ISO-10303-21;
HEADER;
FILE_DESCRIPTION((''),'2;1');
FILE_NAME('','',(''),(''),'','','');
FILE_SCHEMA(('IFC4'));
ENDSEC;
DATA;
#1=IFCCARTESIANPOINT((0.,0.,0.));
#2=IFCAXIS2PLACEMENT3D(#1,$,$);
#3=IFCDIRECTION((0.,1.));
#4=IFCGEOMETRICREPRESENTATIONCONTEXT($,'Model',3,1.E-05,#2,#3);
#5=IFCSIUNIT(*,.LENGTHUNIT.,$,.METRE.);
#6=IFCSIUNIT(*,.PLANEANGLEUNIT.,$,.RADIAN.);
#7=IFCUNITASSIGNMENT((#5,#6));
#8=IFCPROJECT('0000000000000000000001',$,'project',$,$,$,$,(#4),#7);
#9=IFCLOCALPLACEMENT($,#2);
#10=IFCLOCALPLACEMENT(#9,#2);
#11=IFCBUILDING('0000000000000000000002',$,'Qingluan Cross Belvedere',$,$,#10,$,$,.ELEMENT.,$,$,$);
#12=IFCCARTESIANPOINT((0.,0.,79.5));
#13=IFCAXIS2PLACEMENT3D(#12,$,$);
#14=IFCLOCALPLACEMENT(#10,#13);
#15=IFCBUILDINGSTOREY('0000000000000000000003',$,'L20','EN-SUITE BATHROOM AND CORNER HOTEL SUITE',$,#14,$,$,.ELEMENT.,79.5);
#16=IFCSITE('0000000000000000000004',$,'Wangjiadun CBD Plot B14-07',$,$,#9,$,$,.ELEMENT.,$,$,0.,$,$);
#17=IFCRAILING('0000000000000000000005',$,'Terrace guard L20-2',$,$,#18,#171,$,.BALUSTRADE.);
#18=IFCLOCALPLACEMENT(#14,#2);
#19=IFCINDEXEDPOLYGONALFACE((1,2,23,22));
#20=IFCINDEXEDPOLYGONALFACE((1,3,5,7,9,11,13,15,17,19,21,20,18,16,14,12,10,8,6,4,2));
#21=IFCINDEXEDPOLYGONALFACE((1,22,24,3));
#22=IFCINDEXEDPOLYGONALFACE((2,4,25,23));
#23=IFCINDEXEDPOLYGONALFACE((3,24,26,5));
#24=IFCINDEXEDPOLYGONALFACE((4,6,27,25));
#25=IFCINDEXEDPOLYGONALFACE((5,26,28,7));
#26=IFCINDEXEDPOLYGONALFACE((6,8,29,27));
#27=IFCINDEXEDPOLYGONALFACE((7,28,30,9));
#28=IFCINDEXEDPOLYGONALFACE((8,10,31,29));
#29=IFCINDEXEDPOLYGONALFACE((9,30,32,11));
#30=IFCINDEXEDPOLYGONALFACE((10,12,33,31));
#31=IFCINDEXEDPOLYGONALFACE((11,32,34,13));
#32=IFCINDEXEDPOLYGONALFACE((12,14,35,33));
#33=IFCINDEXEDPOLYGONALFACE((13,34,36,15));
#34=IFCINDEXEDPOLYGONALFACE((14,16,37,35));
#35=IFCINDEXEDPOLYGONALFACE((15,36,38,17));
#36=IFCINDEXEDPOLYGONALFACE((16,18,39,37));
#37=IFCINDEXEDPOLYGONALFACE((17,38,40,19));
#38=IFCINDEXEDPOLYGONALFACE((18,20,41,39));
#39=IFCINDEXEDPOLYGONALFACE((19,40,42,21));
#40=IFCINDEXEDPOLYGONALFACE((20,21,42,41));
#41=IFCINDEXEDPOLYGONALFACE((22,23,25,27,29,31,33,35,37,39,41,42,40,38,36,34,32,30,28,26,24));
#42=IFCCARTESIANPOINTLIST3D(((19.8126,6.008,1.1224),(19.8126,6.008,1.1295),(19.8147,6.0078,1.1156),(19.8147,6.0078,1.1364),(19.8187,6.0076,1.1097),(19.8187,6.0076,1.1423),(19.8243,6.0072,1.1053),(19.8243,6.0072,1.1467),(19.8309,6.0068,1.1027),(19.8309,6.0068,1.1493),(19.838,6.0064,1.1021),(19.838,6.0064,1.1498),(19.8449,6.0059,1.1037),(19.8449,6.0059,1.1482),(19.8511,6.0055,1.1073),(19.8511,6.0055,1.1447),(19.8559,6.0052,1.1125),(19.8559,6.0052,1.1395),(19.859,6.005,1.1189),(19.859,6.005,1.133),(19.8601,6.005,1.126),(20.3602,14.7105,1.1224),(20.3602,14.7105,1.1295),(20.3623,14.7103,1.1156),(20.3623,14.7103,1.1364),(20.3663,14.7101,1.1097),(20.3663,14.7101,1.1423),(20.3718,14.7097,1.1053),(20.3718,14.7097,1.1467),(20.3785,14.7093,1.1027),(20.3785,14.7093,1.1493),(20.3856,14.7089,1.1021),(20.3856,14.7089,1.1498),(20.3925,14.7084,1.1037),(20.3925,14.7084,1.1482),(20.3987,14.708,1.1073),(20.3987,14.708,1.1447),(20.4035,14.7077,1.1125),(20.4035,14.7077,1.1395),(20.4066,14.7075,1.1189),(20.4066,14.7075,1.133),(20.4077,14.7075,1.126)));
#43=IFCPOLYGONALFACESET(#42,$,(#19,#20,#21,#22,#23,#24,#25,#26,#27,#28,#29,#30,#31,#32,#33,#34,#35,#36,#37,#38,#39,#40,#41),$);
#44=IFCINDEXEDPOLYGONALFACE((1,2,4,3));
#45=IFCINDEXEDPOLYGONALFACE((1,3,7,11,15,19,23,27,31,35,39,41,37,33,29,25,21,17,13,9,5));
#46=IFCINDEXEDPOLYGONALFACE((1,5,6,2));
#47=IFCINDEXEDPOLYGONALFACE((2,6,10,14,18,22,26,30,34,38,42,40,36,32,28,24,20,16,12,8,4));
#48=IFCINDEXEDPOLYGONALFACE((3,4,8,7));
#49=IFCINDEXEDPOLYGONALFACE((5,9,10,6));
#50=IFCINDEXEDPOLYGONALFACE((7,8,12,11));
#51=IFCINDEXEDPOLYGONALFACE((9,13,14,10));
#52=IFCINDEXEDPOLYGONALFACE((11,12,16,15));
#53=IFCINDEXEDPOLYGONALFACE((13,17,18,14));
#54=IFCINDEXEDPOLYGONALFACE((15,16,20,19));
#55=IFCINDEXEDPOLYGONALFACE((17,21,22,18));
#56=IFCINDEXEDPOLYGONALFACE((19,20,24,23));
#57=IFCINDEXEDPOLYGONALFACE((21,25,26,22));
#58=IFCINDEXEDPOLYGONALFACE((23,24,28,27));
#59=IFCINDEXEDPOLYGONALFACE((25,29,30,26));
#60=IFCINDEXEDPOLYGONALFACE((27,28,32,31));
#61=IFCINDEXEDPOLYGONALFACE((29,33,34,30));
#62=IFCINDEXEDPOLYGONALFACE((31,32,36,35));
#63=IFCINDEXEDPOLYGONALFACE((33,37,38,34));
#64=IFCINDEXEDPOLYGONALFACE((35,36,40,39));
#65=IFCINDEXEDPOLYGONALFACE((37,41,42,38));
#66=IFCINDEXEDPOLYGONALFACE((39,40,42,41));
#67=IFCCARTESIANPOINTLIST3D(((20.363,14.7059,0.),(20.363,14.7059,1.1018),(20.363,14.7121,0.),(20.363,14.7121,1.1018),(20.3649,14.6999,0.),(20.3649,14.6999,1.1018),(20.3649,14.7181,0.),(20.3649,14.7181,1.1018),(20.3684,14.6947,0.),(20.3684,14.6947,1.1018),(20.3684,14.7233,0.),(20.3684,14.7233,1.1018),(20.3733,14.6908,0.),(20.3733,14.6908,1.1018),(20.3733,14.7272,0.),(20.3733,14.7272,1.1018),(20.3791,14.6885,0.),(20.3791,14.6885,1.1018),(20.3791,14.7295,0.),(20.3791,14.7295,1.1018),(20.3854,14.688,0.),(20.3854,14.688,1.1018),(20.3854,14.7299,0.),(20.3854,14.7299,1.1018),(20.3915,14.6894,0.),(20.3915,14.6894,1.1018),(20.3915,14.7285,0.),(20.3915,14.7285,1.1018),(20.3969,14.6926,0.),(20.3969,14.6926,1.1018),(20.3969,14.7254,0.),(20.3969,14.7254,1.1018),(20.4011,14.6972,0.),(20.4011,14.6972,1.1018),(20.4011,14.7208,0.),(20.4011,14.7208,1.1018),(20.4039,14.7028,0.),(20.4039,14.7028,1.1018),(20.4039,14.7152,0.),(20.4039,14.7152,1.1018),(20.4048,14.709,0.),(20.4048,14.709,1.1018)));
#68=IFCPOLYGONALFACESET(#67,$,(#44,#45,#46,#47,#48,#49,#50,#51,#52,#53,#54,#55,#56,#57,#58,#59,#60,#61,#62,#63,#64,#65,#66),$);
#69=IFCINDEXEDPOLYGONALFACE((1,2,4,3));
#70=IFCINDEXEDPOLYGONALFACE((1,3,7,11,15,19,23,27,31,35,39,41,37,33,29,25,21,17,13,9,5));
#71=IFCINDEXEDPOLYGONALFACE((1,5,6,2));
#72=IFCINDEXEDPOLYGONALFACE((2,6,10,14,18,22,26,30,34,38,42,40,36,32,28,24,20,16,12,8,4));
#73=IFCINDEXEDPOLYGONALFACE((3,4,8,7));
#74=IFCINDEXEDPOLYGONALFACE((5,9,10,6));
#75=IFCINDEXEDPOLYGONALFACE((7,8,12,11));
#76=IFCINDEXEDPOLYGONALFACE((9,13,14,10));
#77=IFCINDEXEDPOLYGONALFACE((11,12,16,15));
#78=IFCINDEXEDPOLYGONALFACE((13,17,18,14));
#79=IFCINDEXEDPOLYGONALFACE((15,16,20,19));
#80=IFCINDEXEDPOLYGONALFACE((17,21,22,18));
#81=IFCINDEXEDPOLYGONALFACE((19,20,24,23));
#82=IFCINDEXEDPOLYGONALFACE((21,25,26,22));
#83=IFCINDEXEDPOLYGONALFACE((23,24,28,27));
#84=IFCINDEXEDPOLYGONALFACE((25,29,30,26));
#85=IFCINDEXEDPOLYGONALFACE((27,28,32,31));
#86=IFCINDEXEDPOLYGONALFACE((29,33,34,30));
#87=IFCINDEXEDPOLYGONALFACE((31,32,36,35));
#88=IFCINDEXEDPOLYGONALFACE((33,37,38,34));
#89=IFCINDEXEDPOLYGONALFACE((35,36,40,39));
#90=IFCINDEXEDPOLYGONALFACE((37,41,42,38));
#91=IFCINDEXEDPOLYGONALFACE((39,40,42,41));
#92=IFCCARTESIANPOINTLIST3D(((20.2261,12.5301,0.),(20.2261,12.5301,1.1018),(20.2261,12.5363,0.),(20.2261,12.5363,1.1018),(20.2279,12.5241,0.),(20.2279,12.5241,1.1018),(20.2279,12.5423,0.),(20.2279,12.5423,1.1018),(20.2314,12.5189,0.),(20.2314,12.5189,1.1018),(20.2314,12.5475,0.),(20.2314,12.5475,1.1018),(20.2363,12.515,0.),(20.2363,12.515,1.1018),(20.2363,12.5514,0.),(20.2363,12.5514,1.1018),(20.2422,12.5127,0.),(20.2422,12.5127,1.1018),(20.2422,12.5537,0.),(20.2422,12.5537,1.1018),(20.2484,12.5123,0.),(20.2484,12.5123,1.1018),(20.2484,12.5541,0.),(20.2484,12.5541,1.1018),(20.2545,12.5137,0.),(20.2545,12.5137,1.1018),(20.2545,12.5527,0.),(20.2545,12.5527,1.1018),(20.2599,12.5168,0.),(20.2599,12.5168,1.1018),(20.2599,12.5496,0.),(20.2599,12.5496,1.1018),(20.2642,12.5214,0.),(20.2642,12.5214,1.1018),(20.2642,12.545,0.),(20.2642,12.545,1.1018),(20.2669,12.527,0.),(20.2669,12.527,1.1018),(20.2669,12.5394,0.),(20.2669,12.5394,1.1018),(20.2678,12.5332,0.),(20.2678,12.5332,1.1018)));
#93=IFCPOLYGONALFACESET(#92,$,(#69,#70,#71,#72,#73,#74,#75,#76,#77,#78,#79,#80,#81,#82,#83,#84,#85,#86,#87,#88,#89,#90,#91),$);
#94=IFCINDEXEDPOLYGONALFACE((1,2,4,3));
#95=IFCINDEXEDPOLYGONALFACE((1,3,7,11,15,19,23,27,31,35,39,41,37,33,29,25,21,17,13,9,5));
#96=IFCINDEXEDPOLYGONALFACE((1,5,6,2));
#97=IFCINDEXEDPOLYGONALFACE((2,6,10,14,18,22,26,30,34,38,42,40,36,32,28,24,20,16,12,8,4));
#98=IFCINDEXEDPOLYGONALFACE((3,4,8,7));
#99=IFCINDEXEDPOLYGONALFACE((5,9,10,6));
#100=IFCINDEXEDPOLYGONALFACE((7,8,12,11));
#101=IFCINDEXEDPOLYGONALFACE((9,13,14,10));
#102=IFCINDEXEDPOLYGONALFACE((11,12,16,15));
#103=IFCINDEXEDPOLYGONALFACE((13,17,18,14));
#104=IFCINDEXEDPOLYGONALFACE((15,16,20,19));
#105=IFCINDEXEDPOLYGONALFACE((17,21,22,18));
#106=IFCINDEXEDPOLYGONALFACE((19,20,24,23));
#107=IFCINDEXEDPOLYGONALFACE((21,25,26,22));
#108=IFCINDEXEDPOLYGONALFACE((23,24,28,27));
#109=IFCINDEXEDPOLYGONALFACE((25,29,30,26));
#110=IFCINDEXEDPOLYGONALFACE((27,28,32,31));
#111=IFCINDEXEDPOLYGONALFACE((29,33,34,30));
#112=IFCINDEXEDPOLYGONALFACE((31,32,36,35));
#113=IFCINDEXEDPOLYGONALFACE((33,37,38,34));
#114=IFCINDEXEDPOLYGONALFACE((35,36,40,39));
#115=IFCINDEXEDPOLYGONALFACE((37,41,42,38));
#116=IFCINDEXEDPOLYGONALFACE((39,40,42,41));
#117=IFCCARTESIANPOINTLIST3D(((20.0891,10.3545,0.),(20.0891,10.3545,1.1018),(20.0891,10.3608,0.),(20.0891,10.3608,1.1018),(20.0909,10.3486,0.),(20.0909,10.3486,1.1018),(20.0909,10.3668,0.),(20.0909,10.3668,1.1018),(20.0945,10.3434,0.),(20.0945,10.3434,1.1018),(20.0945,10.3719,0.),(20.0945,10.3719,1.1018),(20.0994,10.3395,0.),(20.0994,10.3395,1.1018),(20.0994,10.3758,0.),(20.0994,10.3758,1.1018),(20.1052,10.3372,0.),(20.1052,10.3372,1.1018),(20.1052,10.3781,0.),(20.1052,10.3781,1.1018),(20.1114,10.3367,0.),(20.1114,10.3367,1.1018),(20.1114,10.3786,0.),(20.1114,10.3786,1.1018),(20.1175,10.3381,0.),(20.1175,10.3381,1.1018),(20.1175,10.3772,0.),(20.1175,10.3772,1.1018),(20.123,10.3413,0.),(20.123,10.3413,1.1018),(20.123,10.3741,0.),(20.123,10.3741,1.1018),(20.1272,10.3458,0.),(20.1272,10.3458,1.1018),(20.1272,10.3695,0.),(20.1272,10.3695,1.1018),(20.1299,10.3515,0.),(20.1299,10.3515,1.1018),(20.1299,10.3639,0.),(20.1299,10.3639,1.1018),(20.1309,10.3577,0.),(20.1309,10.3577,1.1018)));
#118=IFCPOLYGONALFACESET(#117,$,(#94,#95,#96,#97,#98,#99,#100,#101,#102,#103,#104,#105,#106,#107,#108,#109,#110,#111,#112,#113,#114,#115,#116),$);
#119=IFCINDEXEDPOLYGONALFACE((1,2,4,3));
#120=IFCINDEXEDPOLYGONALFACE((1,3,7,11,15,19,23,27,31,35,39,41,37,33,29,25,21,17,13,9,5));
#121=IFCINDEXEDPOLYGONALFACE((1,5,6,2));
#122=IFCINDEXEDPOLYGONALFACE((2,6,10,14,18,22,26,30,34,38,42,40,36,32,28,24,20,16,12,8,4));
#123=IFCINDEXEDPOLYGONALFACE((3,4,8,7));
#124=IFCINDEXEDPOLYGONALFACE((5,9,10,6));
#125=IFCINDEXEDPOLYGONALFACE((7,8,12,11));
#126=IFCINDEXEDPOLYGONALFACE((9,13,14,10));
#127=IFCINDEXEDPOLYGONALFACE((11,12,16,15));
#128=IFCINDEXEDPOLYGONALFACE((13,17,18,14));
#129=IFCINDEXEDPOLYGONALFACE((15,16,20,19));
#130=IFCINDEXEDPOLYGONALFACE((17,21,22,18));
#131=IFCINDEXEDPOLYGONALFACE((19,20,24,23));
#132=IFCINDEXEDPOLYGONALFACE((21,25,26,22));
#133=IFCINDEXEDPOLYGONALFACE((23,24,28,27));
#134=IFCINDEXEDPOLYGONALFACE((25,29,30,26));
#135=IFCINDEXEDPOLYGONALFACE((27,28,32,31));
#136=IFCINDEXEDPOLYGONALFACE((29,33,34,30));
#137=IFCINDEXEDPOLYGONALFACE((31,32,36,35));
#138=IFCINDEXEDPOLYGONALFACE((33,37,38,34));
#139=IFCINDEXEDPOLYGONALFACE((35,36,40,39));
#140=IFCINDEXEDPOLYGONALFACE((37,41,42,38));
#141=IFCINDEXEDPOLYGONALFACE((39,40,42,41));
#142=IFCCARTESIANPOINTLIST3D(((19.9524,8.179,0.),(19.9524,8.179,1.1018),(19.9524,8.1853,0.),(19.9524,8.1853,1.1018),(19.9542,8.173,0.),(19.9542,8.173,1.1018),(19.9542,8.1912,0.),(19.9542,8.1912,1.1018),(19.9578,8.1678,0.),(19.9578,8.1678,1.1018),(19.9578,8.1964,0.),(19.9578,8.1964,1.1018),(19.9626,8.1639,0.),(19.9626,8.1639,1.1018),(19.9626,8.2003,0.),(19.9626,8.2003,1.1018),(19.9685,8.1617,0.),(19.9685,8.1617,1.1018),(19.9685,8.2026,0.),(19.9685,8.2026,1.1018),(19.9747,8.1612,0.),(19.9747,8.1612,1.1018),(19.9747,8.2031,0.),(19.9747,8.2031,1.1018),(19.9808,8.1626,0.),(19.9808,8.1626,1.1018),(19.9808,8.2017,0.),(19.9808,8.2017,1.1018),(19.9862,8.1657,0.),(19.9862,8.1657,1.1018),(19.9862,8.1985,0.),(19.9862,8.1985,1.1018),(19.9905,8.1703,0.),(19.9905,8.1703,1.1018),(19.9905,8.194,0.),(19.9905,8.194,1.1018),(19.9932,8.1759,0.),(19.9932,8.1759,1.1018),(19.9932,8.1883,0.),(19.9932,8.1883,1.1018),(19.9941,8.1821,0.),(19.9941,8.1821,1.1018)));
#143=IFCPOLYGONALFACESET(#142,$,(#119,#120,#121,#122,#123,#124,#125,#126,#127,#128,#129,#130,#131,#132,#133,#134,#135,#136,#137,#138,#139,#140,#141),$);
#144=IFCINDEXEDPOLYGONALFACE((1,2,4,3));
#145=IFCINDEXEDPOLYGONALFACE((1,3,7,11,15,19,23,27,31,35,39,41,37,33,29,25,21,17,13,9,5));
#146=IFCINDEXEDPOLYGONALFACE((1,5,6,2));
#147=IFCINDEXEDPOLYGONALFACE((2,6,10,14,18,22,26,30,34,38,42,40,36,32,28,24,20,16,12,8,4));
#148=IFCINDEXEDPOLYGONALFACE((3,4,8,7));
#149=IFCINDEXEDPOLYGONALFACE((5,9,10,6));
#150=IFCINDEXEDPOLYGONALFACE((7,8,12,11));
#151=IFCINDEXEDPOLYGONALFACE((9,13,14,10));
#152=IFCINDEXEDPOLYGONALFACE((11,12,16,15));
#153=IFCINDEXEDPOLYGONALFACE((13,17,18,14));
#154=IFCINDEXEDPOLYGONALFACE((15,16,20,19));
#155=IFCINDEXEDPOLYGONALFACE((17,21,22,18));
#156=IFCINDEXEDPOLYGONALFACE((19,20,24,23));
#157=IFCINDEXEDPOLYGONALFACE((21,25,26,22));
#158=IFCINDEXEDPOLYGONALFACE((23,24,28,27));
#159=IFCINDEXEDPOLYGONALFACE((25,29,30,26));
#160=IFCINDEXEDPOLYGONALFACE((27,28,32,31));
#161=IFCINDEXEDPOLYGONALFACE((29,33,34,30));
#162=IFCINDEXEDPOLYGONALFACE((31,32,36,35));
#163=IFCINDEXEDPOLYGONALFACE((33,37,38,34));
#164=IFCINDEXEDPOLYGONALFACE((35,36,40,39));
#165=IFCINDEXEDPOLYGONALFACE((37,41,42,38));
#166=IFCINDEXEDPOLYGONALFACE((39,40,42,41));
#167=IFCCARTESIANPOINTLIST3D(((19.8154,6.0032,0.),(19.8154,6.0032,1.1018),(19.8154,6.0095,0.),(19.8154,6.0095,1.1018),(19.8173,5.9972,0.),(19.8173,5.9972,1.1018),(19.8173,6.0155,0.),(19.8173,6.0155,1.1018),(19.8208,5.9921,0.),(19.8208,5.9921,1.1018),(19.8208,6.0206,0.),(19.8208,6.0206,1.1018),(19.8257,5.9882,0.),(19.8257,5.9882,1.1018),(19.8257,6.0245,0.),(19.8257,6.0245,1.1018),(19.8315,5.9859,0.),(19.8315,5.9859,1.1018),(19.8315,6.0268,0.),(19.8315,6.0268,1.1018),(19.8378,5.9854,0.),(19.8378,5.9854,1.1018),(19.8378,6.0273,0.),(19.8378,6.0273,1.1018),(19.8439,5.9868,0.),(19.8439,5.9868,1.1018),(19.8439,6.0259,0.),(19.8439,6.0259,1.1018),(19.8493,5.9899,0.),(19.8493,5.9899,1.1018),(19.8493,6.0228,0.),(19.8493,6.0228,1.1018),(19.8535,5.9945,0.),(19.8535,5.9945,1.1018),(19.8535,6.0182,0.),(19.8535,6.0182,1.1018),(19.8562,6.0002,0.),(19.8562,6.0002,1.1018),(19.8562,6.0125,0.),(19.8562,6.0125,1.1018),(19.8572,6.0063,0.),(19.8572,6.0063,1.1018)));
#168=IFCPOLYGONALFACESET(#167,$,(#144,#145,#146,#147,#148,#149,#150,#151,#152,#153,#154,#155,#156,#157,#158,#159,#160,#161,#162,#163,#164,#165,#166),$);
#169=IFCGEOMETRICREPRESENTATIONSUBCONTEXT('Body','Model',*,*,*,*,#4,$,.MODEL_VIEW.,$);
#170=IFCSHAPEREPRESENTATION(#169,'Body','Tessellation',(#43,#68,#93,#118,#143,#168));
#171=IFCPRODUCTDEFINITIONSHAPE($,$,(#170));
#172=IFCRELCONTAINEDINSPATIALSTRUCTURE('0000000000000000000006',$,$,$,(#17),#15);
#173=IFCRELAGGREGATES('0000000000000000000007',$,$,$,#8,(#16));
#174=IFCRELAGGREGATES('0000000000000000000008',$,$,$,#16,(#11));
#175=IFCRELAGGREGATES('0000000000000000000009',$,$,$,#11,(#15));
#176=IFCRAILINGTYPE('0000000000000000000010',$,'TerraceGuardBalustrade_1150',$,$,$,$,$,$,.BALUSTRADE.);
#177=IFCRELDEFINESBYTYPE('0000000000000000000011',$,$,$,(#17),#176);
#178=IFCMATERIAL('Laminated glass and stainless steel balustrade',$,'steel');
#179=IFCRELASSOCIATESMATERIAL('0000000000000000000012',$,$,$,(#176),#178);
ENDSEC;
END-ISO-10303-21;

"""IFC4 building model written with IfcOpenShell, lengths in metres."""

from ifc_helpers import new_model, si_unit, direction, frame, origin, origin_2d, place, context, subcontext, project, spatial, circle, extrude, material, type_object, element, save


model = new_model("IFC4")

# Units and contexts
model_context = context("Model", 3, precision=1e-05, world=origin(), true_north=direction((0.0, 1.0)))
body_context = subcontext(model_context, "Body", "Model", "MODEL_VIEW")
ifc_project = project(units=[si_unit("LENGTHUNIT", "METRE"), si_unit("PLANEANGLEUNIT", "RADIAN")], contexts=[model_context])

# Site, building, storey
site_placement = place(None, origin())
site = spatial("IfcSite", under=ifc_project, at=site_placement, Name="Wangjiadun CBD Plot B14-07", CompositionType="ELEMENT", RefElevation=0.0)
building_placement = place(site_placement, origin())
building = spatial("IfcBuilding", under=site, at=building_placement, Name="Qingluan Cross Belvedere", CompositionType="ELEMENT")
storey_placement = place(building_placement, frame((0.0, 0.0, 79.5)))
storey = spatial("IfcBuildingStorey", under=building, at=storey_placement, Name="L20", Description="EN-SUITE BATHROOM AND CORNER HOTEL SUITE", CompositionType="ELEMENT", Elevation=79.5)

# Railing
ifc_material_1 = material(Name="Laminated glass and stainless steel balustrade", Category="steel")
railing_type = type_object("IfcRailingType", Name="TerraceGuardBalustrade_1150", PredefinedType="BALUSTRADE", material=ifc_material_1)
railing_1_placement = place(storey_placement, frame((20.3838, 14.709, 0.0)))
element("IfcRailing", 1, at=railing_1_placement, inside=storey, type_object=railing_type, Name="Terrace guard L20-2", PredefinedType="BALUSTRADE", context=body_context, shape_type="SweptSolid", body=[
    extrude(circle(Radius=0.0239, at=origin_2d()), frame((0.0, 0.0, 1.126), z_axis=(-0.0628, -0.998026, 0.0), x_axis=(0.998026, -0.0628, 0.0)), (0.0, 0.0, 1.0), 8.7197),
    extrude(circle(Radius=0.021, at=origin_2d()), origin(), (0.0, 0.0, 1.0), 1.1018),
    extrude(circle(Radius=0.021, at=origin_2d()), frame((-0.137, -2.1758, 0.0)), (0.0, 0.0, 1.0), 1.1018),
    extrude(circle(Radius=0.021, at=origin_2d()), frame((-0.2739, -4.3513, 0.0)), (0.0, 0.0, 1.0), 1.1018),
    extrude(circle(Radius=0.021, at=origin_2d()), frame((-0.4106, -6.5269, 0.0)), (0.0, 0.0, 1.0), 1.1018),
    extrude(circle(Radius=0.021, at=origin_2d()), frame((-0.5476, -8.7026, 0.0)), (0.0, 0.0, 1.0), 1.1018),
])

save(model, "model.ifc")
